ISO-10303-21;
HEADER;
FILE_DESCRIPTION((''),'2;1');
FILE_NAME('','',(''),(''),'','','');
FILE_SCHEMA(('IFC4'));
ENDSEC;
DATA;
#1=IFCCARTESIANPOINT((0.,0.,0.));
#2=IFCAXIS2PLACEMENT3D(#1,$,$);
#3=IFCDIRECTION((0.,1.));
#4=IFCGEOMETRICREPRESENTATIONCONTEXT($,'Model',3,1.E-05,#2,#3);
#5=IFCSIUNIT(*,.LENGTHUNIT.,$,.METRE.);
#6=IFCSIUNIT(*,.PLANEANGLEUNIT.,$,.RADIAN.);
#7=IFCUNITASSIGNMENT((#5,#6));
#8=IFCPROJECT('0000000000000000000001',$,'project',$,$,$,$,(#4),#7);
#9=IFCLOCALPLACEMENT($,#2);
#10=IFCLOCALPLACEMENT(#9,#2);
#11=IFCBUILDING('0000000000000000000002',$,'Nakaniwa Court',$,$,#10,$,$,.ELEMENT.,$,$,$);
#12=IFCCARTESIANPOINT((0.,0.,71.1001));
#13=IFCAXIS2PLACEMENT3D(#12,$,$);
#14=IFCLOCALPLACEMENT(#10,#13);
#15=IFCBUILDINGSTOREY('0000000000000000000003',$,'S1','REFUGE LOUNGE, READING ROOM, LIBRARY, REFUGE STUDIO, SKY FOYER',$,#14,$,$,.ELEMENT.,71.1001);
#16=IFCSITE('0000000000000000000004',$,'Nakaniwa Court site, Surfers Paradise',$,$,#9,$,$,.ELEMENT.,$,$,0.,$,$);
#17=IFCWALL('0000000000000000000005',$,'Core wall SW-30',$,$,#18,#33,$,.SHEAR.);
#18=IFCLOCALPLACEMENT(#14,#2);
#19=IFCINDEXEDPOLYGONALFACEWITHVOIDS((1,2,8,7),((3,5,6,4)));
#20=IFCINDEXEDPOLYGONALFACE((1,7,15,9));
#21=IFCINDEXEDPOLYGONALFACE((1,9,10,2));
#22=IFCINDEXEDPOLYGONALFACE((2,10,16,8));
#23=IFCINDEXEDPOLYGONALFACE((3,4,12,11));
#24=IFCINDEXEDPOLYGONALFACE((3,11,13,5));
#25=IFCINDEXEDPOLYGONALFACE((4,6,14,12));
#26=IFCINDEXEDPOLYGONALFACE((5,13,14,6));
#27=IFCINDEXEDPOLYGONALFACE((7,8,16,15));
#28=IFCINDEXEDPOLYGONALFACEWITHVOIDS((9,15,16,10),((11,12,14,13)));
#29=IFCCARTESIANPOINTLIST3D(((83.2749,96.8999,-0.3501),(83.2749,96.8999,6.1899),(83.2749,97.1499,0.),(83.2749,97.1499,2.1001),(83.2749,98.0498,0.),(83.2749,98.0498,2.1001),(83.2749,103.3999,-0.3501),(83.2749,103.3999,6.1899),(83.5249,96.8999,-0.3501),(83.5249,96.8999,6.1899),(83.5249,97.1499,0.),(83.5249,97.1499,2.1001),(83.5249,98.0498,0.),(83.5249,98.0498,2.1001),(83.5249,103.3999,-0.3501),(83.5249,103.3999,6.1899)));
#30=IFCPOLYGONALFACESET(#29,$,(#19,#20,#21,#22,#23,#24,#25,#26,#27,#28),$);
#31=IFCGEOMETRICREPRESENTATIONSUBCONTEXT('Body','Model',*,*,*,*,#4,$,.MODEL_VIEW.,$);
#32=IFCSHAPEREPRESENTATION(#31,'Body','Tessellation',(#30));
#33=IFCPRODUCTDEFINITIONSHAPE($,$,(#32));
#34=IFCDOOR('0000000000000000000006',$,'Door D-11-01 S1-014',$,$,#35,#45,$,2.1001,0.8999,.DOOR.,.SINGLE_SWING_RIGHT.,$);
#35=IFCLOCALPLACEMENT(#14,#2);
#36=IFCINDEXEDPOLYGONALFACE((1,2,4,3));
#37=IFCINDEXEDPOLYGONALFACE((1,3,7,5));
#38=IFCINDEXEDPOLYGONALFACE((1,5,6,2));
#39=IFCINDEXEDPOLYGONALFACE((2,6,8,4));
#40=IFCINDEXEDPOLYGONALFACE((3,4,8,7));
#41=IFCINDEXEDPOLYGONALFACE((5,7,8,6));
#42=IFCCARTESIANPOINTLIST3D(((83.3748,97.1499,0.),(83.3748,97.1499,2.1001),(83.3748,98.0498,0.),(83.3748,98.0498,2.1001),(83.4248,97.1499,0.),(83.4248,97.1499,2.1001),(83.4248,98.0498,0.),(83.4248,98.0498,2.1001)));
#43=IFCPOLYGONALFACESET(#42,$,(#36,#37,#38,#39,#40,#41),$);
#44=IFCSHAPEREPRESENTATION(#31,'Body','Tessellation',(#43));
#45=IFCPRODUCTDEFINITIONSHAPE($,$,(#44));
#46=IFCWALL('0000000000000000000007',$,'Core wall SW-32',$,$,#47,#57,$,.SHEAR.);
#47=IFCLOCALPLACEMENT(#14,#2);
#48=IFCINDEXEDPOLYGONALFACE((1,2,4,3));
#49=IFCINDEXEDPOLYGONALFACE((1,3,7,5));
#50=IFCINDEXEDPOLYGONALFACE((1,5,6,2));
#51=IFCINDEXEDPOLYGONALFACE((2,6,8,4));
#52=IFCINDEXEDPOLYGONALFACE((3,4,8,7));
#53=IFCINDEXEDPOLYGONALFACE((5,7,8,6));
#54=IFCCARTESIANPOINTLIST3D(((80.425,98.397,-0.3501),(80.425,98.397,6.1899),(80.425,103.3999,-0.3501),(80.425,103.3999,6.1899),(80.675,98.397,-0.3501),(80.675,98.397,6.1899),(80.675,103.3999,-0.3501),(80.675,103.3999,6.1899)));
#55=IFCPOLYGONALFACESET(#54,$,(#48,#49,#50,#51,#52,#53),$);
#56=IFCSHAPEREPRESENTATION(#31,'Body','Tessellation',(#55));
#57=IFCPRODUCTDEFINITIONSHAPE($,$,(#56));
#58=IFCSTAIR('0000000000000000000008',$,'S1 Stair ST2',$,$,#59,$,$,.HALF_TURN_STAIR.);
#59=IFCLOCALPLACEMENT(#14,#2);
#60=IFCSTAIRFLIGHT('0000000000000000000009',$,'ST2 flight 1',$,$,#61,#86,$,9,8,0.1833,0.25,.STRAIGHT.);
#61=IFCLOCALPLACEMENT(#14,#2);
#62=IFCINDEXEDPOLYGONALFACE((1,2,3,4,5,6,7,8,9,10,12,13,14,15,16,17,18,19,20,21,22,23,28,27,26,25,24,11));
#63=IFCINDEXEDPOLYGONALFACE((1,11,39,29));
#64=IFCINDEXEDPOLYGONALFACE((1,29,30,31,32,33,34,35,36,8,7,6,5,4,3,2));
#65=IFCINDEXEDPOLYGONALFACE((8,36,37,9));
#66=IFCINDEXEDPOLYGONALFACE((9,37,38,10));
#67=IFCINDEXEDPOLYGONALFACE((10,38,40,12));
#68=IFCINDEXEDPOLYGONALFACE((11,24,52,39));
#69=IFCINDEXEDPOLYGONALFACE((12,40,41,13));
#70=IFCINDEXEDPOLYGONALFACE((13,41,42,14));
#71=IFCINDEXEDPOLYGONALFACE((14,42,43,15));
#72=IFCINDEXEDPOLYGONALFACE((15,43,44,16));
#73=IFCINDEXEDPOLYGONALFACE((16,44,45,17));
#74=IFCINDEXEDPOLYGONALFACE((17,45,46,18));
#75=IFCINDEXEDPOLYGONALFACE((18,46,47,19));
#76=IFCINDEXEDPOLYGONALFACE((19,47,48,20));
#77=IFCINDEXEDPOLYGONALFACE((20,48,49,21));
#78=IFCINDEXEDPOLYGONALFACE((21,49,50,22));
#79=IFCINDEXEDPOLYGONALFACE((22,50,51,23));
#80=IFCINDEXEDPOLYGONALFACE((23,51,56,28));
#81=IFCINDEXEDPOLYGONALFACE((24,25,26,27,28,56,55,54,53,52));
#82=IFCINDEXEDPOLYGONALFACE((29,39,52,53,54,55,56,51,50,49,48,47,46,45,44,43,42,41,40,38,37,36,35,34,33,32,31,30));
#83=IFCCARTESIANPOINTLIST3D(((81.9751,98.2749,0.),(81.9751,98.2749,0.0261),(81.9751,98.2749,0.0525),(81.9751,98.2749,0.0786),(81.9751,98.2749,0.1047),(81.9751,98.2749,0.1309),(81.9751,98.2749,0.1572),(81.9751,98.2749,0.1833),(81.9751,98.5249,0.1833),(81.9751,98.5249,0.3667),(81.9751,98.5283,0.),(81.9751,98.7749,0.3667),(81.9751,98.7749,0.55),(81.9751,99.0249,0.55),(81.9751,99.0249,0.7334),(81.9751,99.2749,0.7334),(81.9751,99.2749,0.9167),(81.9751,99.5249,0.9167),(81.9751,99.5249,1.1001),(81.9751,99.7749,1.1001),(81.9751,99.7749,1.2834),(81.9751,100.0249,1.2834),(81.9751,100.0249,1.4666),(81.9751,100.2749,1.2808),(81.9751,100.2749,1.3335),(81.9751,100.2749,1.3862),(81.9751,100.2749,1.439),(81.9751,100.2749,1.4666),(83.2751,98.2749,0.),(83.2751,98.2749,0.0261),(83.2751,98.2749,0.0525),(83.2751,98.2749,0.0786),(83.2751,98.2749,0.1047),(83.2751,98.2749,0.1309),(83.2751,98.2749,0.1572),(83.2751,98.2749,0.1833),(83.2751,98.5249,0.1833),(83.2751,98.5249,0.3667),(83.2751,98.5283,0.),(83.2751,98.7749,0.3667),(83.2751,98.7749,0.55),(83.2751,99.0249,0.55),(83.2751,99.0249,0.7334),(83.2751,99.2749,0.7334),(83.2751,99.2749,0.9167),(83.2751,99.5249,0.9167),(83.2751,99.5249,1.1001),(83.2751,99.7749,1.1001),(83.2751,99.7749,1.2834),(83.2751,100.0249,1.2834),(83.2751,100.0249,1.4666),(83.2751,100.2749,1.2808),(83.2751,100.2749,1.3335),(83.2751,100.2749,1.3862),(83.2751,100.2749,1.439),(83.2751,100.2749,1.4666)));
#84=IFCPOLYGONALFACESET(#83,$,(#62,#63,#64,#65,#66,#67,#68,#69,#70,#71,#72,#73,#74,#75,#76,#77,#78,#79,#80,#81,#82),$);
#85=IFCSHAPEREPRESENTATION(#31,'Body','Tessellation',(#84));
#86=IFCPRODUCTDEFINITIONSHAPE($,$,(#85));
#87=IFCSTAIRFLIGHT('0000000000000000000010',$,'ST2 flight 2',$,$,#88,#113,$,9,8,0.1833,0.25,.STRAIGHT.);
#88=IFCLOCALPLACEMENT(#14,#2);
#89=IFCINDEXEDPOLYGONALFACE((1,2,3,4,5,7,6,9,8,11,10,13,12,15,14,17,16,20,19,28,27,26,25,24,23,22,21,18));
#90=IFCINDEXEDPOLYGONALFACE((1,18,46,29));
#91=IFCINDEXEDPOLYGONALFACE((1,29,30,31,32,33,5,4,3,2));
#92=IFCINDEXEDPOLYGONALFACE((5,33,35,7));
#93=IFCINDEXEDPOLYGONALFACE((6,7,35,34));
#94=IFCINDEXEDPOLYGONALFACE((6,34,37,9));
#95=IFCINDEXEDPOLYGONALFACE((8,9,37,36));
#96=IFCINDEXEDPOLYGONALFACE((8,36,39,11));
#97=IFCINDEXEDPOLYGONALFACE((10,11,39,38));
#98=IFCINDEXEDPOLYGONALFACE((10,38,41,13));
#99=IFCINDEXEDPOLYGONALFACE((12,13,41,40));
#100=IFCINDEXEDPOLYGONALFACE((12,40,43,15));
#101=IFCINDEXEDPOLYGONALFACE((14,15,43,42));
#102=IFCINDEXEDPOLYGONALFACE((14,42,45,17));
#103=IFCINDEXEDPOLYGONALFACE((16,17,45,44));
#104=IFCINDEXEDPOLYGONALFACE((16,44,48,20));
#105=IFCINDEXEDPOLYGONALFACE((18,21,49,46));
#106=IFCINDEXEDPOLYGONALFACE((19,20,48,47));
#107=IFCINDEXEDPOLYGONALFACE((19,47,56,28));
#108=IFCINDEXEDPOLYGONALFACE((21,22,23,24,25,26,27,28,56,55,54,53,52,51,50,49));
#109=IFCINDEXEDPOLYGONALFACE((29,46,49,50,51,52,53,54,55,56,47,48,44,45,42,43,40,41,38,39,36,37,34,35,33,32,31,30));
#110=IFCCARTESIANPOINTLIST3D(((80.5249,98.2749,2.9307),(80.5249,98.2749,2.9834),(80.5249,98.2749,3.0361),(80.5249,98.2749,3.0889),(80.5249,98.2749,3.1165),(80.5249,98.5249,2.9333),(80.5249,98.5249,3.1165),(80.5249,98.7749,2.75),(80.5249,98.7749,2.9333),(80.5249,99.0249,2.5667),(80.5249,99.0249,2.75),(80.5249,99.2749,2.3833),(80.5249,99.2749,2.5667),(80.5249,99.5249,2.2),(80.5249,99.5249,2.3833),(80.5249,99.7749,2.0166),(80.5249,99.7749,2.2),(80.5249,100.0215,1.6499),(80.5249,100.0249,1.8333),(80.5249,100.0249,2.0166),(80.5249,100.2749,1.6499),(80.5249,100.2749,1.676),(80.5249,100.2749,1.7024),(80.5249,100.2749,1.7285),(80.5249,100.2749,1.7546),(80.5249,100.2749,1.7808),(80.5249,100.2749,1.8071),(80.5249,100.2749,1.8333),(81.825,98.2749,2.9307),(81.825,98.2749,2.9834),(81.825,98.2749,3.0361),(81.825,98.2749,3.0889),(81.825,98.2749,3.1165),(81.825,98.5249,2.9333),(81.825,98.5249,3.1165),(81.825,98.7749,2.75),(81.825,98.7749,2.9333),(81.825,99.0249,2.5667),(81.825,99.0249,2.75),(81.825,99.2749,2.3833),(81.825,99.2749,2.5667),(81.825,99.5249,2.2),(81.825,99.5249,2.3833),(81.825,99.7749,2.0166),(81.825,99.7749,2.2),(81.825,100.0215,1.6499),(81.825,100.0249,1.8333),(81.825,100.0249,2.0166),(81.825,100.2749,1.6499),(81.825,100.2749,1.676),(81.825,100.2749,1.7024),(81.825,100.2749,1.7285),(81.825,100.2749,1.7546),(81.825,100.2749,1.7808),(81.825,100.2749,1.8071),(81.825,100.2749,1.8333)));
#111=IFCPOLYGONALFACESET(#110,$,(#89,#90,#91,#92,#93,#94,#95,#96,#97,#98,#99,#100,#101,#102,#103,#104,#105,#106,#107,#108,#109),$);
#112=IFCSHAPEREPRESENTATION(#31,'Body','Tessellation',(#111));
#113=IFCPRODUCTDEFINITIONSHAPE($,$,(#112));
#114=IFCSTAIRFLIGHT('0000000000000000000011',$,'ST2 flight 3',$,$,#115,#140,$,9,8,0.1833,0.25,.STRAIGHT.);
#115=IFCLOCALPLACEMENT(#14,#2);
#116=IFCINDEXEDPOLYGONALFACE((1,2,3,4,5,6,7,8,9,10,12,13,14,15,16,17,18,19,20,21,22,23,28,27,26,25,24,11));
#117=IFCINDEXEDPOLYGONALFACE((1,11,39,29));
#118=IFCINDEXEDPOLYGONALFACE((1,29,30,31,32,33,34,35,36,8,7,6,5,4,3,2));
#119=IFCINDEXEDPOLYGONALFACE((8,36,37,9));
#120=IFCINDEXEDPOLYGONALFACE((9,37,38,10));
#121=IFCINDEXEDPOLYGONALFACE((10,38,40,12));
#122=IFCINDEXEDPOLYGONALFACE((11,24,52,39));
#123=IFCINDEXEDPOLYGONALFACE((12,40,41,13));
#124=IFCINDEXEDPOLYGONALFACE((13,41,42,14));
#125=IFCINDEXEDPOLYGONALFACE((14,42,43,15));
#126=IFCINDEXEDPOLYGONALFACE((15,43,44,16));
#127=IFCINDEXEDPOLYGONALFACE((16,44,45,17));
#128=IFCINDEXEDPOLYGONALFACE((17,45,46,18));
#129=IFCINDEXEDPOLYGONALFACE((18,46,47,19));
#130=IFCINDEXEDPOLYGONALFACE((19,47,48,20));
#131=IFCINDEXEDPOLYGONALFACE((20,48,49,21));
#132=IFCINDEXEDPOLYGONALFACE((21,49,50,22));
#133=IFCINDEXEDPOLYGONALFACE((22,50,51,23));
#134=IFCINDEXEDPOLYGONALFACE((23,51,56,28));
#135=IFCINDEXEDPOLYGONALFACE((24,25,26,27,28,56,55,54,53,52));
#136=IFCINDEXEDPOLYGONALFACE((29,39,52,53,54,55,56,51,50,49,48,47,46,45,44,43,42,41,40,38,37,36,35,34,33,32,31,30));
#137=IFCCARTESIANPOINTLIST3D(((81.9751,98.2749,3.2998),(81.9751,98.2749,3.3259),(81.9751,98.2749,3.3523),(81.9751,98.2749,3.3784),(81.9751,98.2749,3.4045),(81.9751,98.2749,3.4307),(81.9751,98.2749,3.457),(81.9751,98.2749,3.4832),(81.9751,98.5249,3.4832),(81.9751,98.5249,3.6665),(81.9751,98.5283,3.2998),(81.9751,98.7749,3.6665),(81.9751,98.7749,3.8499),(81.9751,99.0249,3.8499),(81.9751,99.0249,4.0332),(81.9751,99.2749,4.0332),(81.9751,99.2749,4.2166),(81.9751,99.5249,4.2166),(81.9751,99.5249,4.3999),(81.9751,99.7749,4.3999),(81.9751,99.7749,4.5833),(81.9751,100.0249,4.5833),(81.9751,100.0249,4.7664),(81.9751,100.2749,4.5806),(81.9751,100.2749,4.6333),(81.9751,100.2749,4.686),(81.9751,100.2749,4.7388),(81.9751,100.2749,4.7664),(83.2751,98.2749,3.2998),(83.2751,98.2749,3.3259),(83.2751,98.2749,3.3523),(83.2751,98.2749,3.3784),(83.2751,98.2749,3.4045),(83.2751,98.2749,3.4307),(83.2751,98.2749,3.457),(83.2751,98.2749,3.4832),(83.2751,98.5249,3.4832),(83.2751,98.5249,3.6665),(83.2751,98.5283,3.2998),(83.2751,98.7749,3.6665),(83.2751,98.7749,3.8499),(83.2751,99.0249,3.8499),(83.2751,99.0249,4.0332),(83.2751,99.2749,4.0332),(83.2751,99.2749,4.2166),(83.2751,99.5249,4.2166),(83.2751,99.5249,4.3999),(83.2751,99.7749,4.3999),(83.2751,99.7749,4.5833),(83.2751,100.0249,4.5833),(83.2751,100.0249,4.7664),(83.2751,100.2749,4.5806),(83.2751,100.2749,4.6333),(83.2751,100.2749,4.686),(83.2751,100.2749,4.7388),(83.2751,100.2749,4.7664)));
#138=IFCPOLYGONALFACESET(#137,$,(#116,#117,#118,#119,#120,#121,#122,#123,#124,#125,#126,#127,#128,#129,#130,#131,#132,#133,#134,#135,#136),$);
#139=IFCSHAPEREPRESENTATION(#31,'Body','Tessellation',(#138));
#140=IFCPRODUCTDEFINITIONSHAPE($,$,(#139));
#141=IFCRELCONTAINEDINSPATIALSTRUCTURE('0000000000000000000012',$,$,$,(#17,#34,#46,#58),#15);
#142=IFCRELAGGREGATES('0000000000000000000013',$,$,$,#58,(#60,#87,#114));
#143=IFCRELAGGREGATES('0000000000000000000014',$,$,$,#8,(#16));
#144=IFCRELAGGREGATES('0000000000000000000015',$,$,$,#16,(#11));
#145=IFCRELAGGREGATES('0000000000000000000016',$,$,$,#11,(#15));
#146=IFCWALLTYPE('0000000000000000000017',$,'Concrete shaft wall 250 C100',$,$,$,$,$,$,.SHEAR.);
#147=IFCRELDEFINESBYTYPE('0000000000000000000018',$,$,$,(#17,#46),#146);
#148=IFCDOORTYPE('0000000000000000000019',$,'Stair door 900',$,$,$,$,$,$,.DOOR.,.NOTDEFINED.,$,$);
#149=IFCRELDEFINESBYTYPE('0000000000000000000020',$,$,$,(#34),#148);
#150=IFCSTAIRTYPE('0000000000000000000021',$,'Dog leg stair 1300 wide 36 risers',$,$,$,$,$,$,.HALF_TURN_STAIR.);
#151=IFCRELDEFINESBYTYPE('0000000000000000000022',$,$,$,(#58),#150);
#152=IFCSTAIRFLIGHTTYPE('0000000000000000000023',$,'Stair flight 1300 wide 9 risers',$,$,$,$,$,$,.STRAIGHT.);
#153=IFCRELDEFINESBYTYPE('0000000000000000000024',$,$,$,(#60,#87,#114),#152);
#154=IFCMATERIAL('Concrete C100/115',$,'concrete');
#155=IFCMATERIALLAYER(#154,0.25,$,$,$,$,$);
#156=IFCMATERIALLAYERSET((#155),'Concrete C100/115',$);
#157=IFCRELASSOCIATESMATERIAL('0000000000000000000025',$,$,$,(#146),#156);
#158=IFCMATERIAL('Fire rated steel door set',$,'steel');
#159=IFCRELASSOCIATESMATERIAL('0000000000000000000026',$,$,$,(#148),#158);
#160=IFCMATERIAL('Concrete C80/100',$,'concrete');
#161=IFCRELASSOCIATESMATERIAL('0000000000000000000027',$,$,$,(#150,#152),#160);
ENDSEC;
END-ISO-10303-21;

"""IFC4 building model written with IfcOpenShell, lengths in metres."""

from ifc_helpers import new_model, si_unit, direction, frame, frame_2d, origin, place, context, subcontext, project, spatial, polyline, rectangle, outline, extrude, material, layer, layer_set, type_object, element, fill, aggregate, save


model = new_model("IFC4")

# Units and contexts
model_context = context("Model", 3, precision=1e-05, world=origin(), true_north=direction((0.0, 1.0)))
body_context = subcontext(model_context, "Body", "Model", "MODEL_VIEW")
ifc_project = project(units=[si_unit("LENGTHUNIT", "METRE"), si_unit("PLANEANGLEUNIT", "RADIAN")], contexts=[model_context])

# Site, building, storey
site_placement = place(None, origin())
site = spatial("IfcSite", under=ifc_project, at=site_placement, Name="Nakaniwa Court site, Surfers Paradise", CompositionType="ELEMENT", RefElevation=0.0)
building_placement = place(site_placement, origin())
building = spatial("IfcBuilding", under=site, at=building_placement, Name="Nakaniwa Court", CompositionType="ELEMENT")
storey_placement = place(building_placement, frame((0.0, 0.0, 71.1001)))
storey = spatial("IfcBuildingStorey", under=building, at=storey_placement, Name="S1", Description="REFUGE LOUNGE, READING ROOM, LIBRARY, REFUGE STUDIO, SKY FOYER", CompositionType="ELEMENT", Elevation=71.1001)

# Shared definitions
ifc_material_1 = material(Name="Concrete C80/100", Category="concrete")

# Shared definitions
ifc_material_2 = material(Name="Concrete C100/115", Category="concrete")
ifc_material_3 = material(Name="Fire rated steel door set", Category="steel")

# Wall, opening, door
ifc_layer_1 = layer(ifc_material_2, 0.25)
ifc_layer_set_1 = layer_set([ifc_layer_1], Name="Concrete C100/115")
wall_type_1 = type_object("IfcWallType", Name="Concrete shaft wall 250 C100", PredefinedType="SHEAR", material=ifc_layer_set_1)
wall_1_placement = place(storey_placement, frame((83.3999, 103.3999, -0.3501), z_axis=(0.0, 0.0, 1.0), x_axis=(0.0, -1.0, 0.0)))
wall_1 = element("IfcWall", 1, at=wall_1_placement, inside=storey, type_object=wall_type_1, Name="Core wall SW-30", PredefinedType="SHEAR", context=body_context, shape_type="SweptSolid", body=[
    extrude(rectangle(XDim=6.5, YDim=0.25, at=frame_2d((3.25, 0.0))), origin(), (0.0, 0.0, 1.0), 6.54),
])
opening_1_placement = place(wall_1_placement, frame((5.3501, 0.0, 0.3501)))
opening_1 = element("IfcOpeningElement", 2, at=opening_1_placement, cuts=wall_1, PredefinedType="OPENING", context=body_context, shape_type="SweptSolid", body=[
    extrude(rectangle(XDim=0.8999, YDim=2.1001, at=frame_2d((0.45, 1.05))), frame((0.0, 0.135, 0.0), z_axis=(0.0, -1.0, 0.0), x_axis=(1.0, 0.0, 0.0)), (0.0, 0.0, 1.0), 0.27),
])
door_type_1 = type_object("IfcDoorType", Name="Stair door 900", OperationType="NOTDEFINED", PredefinedType="DOOR", material=ifc_material_3)
door_1_placement = place(opening_1_placement, origin())
door_1 = element("IfcDoor", 3, at=door_1_placement, inside=storey, type_object=door_type_1, Name="Door D-11-01 S1-014", OperationType="SINGLE_SWING_RIGHT", OverallHeight=2.1001, OverallWidth=0.8999, PredefinedType="DOOR", context=body_context, shape_type="SweptSolid", body=[
    extrude(rectangle(XDim=0.8999, YDim=2.1001, at=frame_2d((0.45, 1.05))), frame((0.0, 0.0249, 0.0), z_axis=(0.0, -1.0, 0.0), x_axis=(1.0, 0.0, 0.0)), (0.0, 0.0, 1.0), 0.05),
])
fill(opening_1, door_1)

# Wall
wall_2_placement = place(storey_placement, frame((80.55, 98.397, -0.3501), z_axis=(0.0, 0.0, 1.0), x_axis=(0.0, 1.0, 0.0)))
element("IfcWall", 4, at=wall_2_placement, inside=storey, type_object=wall_type_1, Name="Core wall SW-32", PredefinedType="SHEAR", context=body_context, shape_type="SweptSolid", body=[
    extrude(rectangle(XDim=5.0029, YDim=0.25, at=frame_2d((2.5015, 0.0))), origin(), (0.0, 0.0, 1.0), 6.54),
])

# Stair, stair flights
stair_type = type_object("IfcStairType", Name="Dog leg stair 1300 wide 36 risers", PredefinedType="HALF_TURN_STAIR", material=ifc_material_1)
stair_placement = place(storey_placement, origin())
stair = element("IfcStair", 5, at=stair_placement, inside=storey, type_object=stair_type, Name="S1 Stair ST2", PredefinedType="HALF_TURN_STAIR")
stair_flight_type = type_object("IfcStairFlightType", Name="Stair flight 1300 wide 9 risers", PredefinedType="STRAIGHT", material=ifc_material_1)
stair_flight_1_placement = place(storey_placement, frame((82.625, 98.2749, 0.0), z_axis=(0.0, 0.0, 1.0), x_axis=(0.0, 1.0, 0.0)))
stair_flight_1 = element("IfcStairFlight", 6, at=stair_flight_1_placement, type_object=stair_flight_type, Name="ST2 flight 1", NumberOfRisers=9, NumberOfTreads=8, PredefinedType="STRAIGHT", RiserHeight=0.1833, TreadLength=0.25, context=body_context, shape_type="SweptSolid", body=[
    extrude(outline(polyline([(0.0, 0.0), (0.0, 0.0261), (0.0, 0.0525), (0.0, 0.0786), (0.0, 0.1047), (0.0, 0.1309), (0.0, 0.1572), (0.0, 0.1833), (0.25, 0.1833), (0.25, 0.3667), (0.5, 0.3667), (0.5, 0.55), (0.75, 0.55), (0.75, 0.7334), (1.0, 0.7334), (1.0, 0.9167), (1.25, 0.9167), (1.25, 1.1001), (1.5, 1.1001), (1.5, 1.2834), (1.75, 1.2834), (1.75, 1.4666), (2.0, 1.4666), (2.0, 1.6499), (2.0, 1.5972), (2.0, 1.5444), (2.0, 1.4917), (2.0, 1.439), (2.0, 1.3862), (2.0, 1.3335), (2.0, 1.2808), (0.2534, 0.0), (0.0, 0.0)])), frame((0.0, 0.6499, 0.0), z_axis=(0.0, -1.0, 0.0), x_axis=(1.0, 0.0, 0.0)), (0.0, 0.0, 1.0), 1.3),
])
stair_flight_2_placement = place(storey_placement, frame((81.175, 100.2749, 1.6499), z_axis=(0.0, 0.0, 1.0), x_axis=(0.0, -1.0, 0.0)))
stair_flight_2 = element("IfcStairFlight", 7, at=stair_flight_2_placement, type_object=stair_flight_type, Name="ST2 flight 2", NumberOfRisers=9, NumberOfTreads=8, PredefinedType="STRAIGHT", RiserHeight=0.1833, TreadLength=0.25, context=body_context, shape_type="SweptSolid", body=[
    extrude(outline(polyline([(0.0, 0.0), (0.0, 0.0261), (0.0, 0.0525), (0.0, 0.0786), (0.0, 0.1047), (0.0, 0.1309), (0.0, 0.1572), (0.0, 0.1833), (0.25, 0.1833), (0.25, 0.3667), (0.5, 0.3667), (0.5, 0.55), (0.75, 0.55), (0.75, 0.7334), (1.0, 0.7334), (1.0, 0.9167), (1.25, 0.9167), (1.25, 1.1001), (1.5, 1.1001), (1.5, 1.2834), (1.75, 1.2834), (1.75, 1.4666), (2.0, 1.4666), (2.0, 1.6499), (2.0, 1.5972), (2.0, 1.5444), (2.0, 1.4917), (2.0, 1.439), (2.0, 1.3862), (2.0, 1.3335), (2.0, 1.2808), (0.2534, 0.0), (0.0, 0.0)])), frame((0.0, 0.6499, 0.0), z_axis=(0.0, -1.0, 0.0), x_axis=(1.0, 0.0, 0.0)), (0.0, 0.0, 1.0), 1.3),
])
stair_flight_3_placement = place(storey_placement, frame((82.625, 98.2749, 3.2998), z_axis=(0.0, 0.0, 1.0), x_axis=(0.0, 1.0, 0.0)))
stair_flight_3 = element("IfcStairFlight", 8, at=stair_flight_3_placement, type_object=stair_flight_type, Name="ST2 flight 3", NumberOfRisers=9, NumberOfTreads=8, PredefinedType="STRAIGHT", RiserHeight=0.1833, TreadLength=0.25, context=body_context, shape_type="SweptSolid", body=[
    extrude(outline(polyline([(0.0, 0.0), (0.0, 0.0261), (0.0, 0.0525), (0.0, 0.0786), (0.0, 0.1047), (0.0, 0.1309), (0.0, 0.1572), (0.0, 0.1833), (0.25, 0.1833), (0.25, 0.3667), (0.5, 0.3667), (0.5, 0.55), (0.75, 0.55), (0.75, 0.7334), (1.0, 0.7334), (1.0, 0.9167), (1.25, 0.9167), (1.25, 1.1001), (1.5, 1.1001), (1.5, 1.2834), (1.75, 1.2834), (1.75, 1.4666), (2.0, 1.4666), (2.0, 1.6499), (2.0, 1.5972), (2.0, 1.5444), (2.0, 1.4917), (2.0, 1.439), (2.0, 1.3862), (2.0, 1.3335), (2.0, 1.2808), (0.2534, 0.0), (0.0, 0.0)])), frame((0.0, 0.6499, 0.0), z_axis=(0.0, -1.0, 0.0), x_axis=(1.0, 0.0, 0.0)), (0.0, 0.0, 1.0), 1.3),
])
aggregate(stair, [stair_flight_1, stair_flight_2, stair_flight_3])

save(model, "model.ifc")
